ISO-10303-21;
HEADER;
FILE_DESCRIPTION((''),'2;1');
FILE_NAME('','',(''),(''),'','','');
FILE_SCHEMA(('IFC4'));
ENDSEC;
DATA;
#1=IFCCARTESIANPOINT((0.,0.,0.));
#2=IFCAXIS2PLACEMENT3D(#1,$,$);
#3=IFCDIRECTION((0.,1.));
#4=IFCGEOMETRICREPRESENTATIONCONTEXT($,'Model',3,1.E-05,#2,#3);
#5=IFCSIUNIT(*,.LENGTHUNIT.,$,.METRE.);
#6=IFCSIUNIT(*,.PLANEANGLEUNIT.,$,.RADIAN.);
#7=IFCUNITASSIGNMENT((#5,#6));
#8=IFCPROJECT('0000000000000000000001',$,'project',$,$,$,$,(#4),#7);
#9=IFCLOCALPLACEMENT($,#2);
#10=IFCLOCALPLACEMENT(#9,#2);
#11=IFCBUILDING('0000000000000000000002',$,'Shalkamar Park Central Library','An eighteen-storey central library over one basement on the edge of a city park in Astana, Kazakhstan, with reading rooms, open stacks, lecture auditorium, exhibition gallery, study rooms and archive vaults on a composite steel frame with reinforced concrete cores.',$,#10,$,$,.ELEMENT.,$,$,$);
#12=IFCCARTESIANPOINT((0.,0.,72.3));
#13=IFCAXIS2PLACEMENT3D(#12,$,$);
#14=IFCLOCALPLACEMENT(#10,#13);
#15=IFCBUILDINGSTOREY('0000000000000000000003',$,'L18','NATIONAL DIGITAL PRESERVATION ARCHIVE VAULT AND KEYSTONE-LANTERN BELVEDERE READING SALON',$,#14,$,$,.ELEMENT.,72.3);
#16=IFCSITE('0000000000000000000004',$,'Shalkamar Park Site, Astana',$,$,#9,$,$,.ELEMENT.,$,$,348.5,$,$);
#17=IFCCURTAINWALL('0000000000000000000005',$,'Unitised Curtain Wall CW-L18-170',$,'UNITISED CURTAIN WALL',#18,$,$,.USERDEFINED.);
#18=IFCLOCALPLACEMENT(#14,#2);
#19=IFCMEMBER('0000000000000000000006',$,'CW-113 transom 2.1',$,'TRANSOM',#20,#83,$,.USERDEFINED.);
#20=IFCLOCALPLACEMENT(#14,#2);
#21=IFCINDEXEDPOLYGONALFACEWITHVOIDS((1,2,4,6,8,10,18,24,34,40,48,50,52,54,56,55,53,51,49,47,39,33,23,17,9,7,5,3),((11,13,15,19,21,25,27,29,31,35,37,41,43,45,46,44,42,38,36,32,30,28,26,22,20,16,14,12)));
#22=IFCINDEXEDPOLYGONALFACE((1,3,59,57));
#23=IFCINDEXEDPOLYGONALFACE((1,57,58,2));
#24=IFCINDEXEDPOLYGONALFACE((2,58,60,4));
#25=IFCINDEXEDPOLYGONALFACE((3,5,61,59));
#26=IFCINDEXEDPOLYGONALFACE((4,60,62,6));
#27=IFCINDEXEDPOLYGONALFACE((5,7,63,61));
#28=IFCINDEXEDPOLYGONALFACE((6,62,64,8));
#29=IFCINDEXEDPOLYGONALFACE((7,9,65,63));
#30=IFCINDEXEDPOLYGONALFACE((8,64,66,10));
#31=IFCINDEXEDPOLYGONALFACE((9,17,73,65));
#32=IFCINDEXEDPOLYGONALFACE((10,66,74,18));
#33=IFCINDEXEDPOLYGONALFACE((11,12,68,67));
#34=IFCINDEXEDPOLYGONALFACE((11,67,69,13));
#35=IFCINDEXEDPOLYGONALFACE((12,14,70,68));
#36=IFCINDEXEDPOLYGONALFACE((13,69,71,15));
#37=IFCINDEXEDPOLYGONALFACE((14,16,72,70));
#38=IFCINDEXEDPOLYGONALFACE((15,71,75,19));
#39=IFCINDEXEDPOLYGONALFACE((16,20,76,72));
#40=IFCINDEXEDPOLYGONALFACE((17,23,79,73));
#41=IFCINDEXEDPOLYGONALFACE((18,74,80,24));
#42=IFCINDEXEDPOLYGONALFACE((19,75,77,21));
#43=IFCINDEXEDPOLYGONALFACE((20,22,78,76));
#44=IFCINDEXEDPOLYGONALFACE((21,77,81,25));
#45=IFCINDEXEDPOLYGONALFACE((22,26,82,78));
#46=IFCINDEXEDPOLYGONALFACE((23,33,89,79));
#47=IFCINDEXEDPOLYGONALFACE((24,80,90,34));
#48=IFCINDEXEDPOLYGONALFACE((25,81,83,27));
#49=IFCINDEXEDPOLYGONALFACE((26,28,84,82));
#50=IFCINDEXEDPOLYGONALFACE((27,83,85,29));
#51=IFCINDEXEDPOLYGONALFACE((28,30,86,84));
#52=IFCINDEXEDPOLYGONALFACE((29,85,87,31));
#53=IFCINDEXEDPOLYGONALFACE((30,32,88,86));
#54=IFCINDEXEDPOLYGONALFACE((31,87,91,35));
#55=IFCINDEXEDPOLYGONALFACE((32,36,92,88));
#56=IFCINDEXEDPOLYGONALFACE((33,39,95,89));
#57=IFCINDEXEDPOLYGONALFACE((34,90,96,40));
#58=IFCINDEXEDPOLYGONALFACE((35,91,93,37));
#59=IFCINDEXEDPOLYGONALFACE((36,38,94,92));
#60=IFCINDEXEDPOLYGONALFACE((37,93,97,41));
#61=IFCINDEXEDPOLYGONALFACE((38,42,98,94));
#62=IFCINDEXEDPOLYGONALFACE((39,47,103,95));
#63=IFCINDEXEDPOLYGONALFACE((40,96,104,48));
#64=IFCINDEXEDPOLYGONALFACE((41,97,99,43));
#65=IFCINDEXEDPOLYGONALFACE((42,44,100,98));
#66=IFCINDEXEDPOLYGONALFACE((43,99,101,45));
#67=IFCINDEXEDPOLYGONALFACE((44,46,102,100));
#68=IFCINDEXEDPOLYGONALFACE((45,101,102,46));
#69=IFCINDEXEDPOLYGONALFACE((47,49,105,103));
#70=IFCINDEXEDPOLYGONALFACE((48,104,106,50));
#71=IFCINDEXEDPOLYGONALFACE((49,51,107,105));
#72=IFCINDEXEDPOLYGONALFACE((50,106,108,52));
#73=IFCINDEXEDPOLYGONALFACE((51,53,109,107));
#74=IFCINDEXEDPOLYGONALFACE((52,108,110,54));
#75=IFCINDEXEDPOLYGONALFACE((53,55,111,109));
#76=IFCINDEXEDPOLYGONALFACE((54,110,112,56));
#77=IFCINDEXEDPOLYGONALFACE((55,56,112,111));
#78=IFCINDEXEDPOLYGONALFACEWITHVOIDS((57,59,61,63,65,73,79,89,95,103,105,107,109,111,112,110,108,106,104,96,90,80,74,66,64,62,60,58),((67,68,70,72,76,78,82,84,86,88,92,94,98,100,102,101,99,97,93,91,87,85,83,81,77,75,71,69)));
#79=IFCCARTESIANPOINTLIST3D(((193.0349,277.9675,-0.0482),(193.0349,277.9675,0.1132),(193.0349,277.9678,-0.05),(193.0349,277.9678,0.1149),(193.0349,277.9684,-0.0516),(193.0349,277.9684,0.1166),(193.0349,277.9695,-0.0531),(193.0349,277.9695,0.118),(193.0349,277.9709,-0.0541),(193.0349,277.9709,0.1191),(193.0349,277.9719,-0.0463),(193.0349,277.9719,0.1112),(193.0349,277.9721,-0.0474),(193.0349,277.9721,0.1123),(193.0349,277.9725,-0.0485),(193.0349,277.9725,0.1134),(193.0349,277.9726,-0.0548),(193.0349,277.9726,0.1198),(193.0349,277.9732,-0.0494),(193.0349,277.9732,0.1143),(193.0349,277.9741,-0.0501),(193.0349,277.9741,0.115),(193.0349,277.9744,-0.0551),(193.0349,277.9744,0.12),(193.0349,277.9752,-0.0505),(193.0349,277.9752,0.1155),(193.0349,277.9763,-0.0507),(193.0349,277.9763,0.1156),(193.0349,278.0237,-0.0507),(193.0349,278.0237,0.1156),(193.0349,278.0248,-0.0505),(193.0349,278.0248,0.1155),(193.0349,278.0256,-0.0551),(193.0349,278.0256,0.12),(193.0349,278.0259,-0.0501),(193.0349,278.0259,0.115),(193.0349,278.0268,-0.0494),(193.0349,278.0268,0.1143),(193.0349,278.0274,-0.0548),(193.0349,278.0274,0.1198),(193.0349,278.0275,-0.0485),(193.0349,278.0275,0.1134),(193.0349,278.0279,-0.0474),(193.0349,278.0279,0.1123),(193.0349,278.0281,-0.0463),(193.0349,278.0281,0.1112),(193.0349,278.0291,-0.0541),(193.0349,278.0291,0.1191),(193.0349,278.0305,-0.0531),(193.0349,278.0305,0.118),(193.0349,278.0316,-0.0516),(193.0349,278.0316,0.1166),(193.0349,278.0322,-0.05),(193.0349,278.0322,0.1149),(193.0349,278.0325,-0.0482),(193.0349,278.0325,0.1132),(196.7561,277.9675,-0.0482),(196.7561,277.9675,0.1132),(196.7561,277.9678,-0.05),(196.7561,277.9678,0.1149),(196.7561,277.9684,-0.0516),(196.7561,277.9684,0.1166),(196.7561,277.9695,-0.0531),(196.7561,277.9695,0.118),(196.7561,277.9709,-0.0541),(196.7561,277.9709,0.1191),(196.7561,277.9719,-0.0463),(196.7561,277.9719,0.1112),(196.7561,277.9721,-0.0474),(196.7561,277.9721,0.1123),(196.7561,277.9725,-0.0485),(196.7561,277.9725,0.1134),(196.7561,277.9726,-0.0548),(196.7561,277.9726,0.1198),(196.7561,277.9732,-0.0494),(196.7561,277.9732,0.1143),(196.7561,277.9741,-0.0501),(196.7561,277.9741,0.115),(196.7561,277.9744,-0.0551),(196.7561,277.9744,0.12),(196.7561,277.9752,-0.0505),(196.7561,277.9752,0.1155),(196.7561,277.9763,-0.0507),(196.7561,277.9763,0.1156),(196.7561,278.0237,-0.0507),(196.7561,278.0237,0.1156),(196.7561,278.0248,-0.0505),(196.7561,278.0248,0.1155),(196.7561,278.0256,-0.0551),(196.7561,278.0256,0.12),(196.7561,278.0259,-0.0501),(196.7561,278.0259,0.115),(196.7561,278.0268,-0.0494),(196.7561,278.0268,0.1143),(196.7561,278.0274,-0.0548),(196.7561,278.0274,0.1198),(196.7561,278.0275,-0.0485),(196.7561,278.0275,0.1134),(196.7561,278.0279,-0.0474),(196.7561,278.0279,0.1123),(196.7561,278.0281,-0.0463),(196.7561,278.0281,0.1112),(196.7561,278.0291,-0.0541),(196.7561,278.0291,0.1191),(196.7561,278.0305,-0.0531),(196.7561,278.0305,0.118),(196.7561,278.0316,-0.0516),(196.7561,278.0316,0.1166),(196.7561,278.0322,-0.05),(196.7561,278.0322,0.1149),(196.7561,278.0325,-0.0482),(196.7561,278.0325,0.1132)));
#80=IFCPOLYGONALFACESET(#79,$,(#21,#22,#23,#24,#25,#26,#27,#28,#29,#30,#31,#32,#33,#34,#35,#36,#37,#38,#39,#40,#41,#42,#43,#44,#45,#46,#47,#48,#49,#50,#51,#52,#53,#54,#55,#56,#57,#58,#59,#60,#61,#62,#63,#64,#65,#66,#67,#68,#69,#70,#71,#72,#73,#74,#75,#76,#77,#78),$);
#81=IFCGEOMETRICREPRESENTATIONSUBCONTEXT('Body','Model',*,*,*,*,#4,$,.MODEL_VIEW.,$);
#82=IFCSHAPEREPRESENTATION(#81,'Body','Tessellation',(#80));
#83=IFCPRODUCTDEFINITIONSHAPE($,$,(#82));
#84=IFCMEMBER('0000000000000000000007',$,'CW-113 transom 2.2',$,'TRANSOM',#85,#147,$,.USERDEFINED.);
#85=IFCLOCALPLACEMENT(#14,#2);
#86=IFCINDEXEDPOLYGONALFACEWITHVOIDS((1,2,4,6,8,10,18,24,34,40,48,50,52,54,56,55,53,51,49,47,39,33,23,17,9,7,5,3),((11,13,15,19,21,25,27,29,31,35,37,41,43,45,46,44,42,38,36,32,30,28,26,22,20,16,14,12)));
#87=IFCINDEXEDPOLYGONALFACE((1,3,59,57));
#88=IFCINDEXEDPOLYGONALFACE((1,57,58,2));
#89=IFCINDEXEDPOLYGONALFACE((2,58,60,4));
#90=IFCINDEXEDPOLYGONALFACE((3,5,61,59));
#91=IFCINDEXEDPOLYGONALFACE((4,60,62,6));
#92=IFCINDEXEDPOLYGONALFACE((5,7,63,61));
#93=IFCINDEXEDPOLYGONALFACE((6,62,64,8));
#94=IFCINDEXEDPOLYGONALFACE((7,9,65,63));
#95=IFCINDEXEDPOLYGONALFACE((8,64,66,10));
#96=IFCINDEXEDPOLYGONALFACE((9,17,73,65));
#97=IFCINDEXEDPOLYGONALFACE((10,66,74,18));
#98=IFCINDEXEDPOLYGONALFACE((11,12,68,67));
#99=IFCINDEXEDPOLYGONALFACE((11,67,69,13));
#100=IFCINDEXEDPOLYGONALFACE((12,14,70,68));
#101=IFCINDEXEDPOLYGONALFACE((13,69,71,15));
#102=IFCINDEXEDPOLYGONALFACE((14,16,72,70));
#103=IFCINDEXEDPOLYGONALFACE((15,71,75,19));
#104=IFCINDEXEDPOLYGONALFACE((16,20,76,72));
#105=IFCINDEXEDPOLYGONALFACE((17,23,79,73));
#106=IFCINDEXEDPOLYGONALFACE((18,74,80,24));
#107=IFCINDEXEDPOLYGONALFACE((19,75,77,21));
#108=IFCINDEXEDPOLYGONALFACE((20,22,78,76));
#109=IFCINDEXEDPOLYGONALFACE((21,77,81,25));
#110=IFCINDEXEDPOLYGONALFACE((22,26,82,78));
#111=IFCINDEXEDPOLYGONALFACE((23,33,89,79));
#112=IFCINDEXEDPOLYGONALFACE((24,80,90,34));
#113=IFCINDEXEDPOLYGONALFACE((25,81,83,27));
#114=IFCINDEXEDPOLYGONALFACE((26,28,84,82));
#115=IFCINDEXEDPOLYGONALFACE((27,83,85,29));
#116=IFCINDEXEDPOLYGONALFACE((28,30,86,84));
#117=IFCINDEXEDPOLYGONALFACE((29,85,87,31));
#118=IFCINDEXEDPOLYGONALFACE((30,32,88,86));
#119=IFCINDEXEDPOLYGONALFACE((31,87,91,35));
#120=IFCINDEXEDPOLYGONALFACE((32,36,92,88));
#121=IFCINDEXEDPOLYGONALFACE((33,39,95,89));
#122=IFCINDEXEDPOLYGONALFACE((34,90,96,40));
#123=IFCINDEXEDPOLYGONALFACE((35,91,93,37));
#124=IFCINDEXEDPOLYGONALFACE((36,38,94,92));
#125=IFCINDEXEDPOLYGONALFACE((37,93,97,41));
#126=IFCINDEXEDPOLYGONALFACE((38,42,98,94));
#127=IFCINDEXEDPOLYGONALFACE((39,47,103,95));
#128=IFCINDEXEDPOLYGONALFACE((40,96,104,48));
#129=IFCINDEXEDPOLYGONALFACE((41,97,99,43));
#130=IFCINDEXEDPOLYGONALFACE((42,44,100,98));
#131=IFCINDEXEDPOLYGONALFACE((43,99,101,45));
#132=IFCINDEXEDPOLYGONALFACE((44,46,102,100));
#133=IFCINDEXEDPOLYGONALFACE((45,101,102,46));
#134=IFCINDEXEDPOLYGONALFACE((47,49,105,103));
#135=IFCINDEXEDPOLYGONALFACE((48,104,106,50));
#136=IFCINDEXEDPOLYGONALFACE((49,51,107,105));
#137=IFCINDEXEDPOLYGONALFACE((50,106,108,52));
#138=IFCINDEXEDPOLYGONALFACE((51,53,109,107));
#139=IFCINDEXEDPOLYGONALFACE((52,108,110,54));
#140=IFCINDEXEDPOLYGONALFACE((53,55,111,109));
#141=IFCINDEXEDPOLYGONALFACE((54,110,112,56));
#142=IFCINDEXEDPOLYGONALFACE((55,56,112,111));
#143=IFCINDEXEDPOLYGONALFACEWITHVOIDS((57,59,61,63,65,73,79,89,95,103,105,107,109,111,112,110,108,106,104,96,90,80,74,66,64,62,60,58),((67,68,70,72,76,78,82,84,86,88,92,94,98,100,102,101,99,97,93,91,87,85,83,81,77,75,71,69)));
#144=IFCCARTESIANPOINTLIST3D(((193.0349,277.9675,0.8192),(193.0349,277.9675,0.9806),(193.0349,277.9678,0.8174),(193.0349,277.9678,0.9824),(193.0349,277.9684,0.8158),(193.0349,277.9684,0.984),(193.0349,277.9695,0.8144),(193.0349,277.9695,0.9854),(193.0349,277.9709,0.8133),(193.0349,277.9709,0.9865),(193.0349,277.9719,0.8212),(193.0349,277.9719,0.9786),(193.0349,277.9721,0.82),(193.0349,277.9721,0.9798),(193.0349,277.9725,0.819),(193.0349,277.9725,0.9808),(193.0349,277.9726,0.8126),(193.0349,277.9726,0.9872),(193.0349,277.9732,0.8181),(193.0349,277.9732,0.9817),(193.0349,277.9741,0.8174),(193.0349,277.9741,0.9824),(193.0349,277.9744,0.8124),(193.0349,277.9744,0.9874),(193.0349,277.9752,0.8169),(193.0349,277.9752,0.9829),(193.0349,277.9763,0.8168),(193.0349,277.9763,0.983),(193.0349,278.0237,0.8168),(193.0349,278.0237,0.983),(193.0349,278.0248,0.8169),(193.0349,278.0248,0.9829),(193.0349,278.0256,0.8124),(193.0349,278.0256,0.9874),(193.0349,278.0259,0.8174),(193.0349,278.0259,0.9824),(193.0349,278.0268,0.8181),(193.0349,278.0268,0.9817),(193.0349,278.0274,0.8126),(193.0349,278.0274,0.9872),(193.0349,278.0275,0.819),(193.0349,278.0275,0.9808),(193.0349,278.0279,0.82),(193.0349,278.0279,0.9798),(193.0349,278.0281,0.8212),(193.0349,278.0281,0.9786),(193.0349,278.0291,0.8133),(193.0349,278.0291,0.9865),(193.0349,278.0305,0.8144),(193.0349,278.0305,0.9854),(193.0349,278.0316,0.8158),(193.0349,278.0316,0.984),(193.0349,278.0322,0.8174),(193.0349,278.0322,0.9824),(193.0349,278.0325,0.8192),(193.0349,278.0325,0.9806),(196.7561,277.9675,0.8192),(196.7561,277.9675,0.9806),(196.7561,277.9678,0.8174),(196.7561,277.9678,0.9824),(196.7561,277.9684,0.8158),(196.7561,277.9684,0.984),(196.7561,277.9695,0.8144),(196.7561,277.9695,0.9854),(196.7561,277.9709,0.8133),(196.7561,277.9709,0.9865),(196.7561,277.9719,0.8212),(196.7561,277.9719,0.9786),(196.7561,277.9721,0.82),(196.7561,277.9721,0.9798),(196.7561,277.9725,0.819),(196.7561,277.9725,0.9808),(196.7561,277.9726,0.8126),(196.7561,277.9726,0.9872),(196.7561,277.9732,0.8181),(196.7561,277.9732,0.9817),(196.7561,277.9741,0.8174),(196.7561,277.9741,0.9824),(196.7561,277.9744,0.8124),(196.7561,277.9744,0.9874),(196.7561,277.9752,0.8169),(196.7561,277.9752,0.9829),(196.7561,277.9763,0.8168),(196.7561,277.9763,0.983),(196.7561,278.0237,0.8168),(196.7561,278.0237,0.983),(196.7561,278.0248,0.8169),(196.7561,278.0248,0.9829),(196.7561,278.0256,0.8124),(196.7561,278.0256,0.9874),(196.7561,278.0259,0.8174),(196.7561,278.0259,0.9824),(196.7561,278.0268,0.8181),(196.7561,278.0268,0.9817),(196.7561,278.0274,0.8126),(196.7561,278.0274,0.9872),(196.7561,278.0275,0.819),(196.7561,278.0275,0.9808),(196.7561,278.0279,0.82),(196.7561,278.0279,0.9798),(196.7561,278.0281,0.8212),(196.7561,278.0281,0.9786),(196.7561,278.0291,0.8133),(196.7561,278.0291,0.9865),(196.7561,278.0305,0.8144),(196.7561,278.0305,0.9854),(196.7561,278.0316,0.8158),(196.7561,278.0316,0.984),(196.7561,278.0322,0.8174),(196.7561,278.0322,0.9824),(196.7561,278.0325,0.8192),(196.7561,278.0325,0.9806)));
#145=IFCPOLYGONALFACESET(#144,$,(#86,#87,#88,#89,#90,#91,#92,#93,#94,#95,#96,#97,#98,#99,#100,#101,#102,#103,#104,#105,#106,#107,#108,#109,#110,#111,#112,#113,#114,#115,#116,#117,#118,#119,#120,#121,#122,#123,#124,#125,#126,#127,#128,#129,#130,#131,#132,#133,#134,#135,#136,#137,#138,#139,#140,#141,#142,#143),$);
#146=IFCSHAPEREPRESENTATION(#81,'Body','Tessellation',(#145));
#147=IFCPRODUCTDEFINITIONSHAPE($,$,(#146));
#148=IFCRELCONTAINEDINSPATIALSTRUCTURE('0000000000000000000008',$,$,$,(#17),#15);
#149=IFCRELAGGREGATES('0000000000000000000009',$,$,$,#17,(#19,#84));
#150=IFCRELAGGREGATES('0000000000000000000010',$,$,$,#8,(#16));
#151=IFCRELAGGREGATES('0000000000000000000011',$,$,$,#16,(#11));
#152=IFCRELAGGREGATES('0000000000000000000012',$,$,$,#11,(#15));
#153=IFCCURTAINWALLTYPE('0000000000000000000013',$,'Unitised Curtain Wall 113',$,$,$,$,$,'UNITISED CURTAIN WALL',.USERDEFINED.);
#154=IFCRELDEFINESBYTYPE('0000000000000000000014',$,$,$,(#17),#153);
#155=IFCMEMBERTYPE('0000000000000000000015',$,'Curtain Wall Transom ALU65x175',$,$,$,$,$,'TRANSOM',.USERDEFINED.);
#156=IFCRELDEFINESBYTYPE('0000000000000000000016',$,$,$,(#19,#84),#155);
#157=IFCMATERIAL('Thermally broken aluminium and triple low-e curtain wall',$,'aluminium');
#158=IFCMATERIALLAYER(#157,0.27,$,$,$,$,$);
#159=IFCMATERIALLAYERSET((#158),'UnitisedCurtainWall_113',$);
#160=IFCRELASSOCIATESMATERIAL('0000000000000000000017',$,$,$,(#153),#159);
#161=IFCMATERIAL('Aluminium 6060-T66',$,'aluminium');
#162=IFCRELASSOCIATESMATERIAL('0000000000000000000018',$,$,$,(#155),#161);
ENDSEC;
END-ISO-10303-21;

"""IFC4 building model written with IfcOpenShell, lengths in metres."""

from ifc_helpers import new_model, si_unit, direction, frame, origin, origin_2d, place, context, subcontext, project, spatial, hollow_rectangle, extrude, material, layer, layer_set, material_profile, profile_set, type_object, element, aggregate, save


model = new_model("IFC4")

# Units and contexts
model_context = context("Model", 3, precision=1e-05, world=origin(), true_north=direction((0.0, 1.0)))
body_context = subcontext(model_context, "Body", "Model", "MODEL_VIEW")
ifc_project = project(units=[si_unit("LENGTHUNIT", "METRE"), si_unit("PLANEANGLEUNIT", "RADIAN")], contexts=[model_context])

# Site, building, storey
site_placement = place(None, origin())
site = spatial("IfcSite", under=ifc_project, at=site_placement, Name="Shalkamar Park Site, Astana", CompositionType="ELEMENT", RefElevation=348.5)
building_placement = place(site_placement, origin())
building = spatial("IfcBuilding", under=site, at=building_placement, Name="Shalkamar Park Central Library", Description="An eighteen-storey central library over one basement on the edge of a city park in Astana, Kazakhstan, with reading rooms, open stacks, lecture auditorium, exhibition gallery, study rooms and archive vaults on a composite steel frame with reinforced concrete cores.", CompositionType="ELEMENT")
storey_placement = place(building_placement, frame((0.0, 0.0, 72.3)))
storey = spatial("IfcBuildingStorey", under=building, at=storey_placement, Name="L18", Description="NATIONAL DIGITAL PRESERVATION ARCHIVE VAULT AND KEYSTONE-LANTERN BELVEDERE READING SALON", CompositionType="ELEMENT", Elevation=72.3)

# Curtain wall
ifc_material_1 = material(Name="Thermally broken aluminium and triple low-e curtain wall", Category="aluminium")
ifc_layer_1 = layer(ifc_material_1, 0.27)
ifc_layer_set_1 = layer_set([ifc_layer_1], Name="UnitisedCurtainWall_113")
curtain_wall_type_1 = type_object("IfcCurtainWallType", Name="Unitised Curtain Wall 113", ElementType="UNITISED CURTAIN WALL", PredefinedType="USERDEFINED", material=ifc_layer_set_1)
curtain_wall_1_placement = place(storey_placement, origin())
curtain_wall_1 = element("IfcCurtainWall", 1, at=curtain_wall_1_placement, inside=storey, type_object=curtain_wall_type_1, Name="Unitised Curtain Wall CW-L18-170", ObjectType="UNITISED CURTAIN WALL", PredefinedType="USERDEFINED")
ifc_material_2 = material(Name="Aluminium 6060-T66", Category="aluminium")

# Members
ifc_material_profile_1 = material_profile(ifc_material_2, hollow_rectangle(XDim=0.0649, YDim=0.175, WallThickness=0.0044, InnerFilletRadius=0.0044, OuterFilletRadius=0.0068, at=origin_2d()), Name="ALU 65x175x4.5")
ifc_profile_set_1 = profile_set([ifc_material_profile_1], Name="Aluminium 6060-T66")
member_type_1 = type_object("IfcMemberType", Name="Curtain Wall Transom ALU65x175", ElementType="TRANSOM", PredefinedType="USERDEFINED", material=ifc_profile_set_1)
member_1_placement = place(storey_placement, frame((193.0349, 278.0, 0.0325), z_axis=(1.0, 0.0, 0.0), x_axis=(0.0, 1.0, 0.0)))
member_1 = element("IfcMember", 2, at=member_1_placement, type_object=member_type_1, Name="CW-113 transom 2.1", ObjectType="TRANSOM", PredefinedType="USERDEFINED", context=body_context, shape_type="SweptSolid", body=[
    extrude(hollow_rectangle(XDim=0.0649, YDim=0.175, WallThickness=0.0044, InnerFilletRadius=0.0044, OuterFilletRadius=0.0068, at=origin_2d()), origin(), (0.0, 0.0, 1.0), 3.7212),
])
member_2_placement = place(storey_placement, frame((193.0349, 278.0, 0.8999), z_axis=(1.0, 0.0, 0.0), x_axis=(0.0, 1.0, 0.0)))
member_2 = element("IfcMember", 3, at=member_2_placement, type_object=member_type_1, Name="CW-113 transom 2.2", ObjectType="TRANSOM", PredefinedType="USERDEFINED", context=body_context, shape_type="SweptSolid", body=[
    extrude(hollow_rectangle(XDim=0.0649, YDim=0.175, WallThickness=0.0044, InnerFilletRadius=0.0044, OuterFilletRadius=0.0068, at=origin_2d()), origin(), (0.0, 0.0, 1.0), 3.7212),
])

aggregate(curtain_wall_1, [member_1, member_2])

save(model, "model.ifc")
